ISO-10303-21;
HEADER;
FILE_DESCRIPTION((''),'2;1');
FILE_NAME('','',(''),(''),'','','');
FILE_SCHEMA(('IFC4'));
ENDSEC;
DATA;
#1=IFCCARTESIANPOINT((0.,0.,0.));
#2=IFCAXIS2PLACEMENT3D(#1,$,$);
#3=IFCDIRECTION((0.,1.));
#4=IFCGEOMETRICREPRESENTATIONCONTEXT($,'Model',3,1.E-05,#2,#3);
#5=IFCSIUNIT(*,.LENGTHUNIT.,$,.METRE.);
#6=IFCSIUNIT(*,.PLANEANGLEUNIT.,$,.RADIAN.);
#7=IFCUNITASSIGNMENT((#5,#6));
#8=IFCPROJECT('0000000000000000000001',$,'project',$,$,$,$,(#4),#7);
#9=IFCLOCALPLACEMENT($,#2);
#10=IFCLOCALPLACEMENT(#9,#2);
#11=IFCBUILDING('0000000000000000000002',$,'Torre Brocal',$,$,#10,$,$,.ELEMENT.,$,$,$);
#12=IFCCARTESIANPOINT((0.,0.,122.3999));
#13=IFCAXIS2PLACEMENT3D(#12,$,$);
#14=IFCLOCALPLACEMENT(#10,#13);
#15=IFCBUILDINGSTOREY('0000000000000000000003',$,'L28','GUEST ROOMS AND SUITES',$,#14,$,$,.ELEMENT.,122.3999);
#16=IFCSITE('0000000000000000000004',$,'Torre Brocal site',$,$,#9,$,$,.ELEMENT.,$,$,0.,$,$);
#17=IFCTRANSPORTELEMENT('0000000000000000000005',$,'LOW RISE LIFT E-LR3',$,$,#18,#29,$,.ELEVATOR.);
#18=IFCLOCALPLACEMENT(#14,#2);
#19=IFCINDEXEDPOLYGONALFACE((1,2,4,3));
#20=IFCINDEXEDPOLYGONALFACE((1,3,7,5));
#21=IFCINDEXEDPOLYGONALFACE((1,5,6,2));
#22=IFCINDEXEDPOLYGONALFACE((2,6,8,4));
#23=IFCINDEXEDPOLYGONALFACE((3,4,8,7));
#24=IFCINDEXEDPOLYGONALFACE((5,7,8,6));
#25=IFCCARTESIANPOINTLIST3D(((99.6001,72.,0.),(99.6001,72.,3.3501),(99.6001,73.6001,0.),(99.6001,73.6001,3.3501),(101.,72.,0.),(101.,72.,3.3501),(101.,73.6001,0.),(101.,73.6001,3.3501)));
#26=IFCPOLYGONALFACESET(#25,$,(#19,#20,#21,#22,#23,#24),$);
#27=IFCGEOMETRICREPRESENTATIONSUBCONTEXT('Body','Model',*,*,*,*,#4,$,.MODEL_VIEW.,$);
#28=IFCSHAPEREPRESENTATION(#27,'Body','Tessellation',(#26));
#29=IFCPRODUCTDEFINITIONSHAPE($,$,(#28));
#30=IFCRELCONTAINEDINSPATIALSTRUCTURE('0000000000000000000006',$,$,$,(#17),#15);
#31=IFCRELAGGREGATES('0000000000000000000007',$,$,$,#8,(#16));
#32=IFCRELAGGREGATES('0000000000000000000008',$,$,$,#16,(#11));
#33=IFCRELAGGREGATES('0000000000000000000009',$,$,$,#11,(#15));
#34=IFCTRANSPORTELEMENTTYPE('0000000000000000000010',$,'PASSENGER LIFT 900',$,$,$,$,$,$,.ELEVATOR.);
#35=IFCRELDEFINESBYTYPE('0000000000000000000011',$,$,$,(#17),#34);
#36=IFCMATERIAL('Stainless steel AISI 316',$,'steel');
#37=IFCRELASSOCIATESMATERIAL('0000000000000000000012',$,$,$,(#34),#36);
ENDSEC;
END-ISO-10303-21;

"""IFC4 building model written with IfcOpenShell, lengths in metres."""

from ifc_helpers import new_model, si_unit, direction, frame, origin, origin_2d, place, context, subcontext, project, spatial, rectangle, extrude, material, type_object, element, save


model = new_model("IFC4")

# Units and contexts
model_context = context("Model", 3, precision=1e-05, world=origin(), true_north=direction((0.0, 1.0)))
body_context = subcontext(model_context, "Body", "Model", "MODEL_VIEW")
ifc_project = project(units=[si_unit("LENGTHUNIT", "METRE"), si_unit("PLANEANGLEUNIT", "RADIAN")], contexts=[model_context])

# Site, building, storey
site_placement = place(None, origin())
site = spatial("IfcSite", under=ifc_project, at=site_placement, Name="Torre Brocal site", CompositionType="ELEMENT", RefElevation=0.0)
building_placement = place(site_placement, origin())
building = spatial("IfcBuilding", under=site, at=building_placement, Name="Torre Brocal", CompositionType="ELEMENT")
storey_placement = place(building_placement, frame((0.0, 0.0, 122.3999)))
storey = spatial("IfcBuildingStorey", under=building, at=storey_placement, Name="L28", Description="GUEST ROOMS AND SUITES", CompositionType="ELEMENT", Elevation=122.3999)

# Transport element
ifc_material_1 = material(Name="Stainless steel AISI 316", Category="steel")
transport_element_type_1 = type_object("IfcTransportElementType", Name="PASSENGER LIFT 900", PredefinedType="ELEVATOR", material=ifc_material_1)
transport_element_1_placement = place(storey_placement, frame((100.3, 72.8, 0.0), z_axis=(0.0, 0.0, 1.0), x_axis=(1.0, 0.0, 0.0)))
element("IfcTransportElement", 1, at=transport_element_1_placement, inside=storey, type_object=transport_element_type_1, Name="LOW RISE LIFT E-LR3", PredefinedType="ELEVATOR", context=body_context, shape_type="SweptSolid", body=[
    extrude(rectangle(XDim=1.3999, YDim=1.6001, at=origin_2d()), origin(), (0.0, 0.0, 1.0), 3.3501),
])

save(model, "model.ifc")
